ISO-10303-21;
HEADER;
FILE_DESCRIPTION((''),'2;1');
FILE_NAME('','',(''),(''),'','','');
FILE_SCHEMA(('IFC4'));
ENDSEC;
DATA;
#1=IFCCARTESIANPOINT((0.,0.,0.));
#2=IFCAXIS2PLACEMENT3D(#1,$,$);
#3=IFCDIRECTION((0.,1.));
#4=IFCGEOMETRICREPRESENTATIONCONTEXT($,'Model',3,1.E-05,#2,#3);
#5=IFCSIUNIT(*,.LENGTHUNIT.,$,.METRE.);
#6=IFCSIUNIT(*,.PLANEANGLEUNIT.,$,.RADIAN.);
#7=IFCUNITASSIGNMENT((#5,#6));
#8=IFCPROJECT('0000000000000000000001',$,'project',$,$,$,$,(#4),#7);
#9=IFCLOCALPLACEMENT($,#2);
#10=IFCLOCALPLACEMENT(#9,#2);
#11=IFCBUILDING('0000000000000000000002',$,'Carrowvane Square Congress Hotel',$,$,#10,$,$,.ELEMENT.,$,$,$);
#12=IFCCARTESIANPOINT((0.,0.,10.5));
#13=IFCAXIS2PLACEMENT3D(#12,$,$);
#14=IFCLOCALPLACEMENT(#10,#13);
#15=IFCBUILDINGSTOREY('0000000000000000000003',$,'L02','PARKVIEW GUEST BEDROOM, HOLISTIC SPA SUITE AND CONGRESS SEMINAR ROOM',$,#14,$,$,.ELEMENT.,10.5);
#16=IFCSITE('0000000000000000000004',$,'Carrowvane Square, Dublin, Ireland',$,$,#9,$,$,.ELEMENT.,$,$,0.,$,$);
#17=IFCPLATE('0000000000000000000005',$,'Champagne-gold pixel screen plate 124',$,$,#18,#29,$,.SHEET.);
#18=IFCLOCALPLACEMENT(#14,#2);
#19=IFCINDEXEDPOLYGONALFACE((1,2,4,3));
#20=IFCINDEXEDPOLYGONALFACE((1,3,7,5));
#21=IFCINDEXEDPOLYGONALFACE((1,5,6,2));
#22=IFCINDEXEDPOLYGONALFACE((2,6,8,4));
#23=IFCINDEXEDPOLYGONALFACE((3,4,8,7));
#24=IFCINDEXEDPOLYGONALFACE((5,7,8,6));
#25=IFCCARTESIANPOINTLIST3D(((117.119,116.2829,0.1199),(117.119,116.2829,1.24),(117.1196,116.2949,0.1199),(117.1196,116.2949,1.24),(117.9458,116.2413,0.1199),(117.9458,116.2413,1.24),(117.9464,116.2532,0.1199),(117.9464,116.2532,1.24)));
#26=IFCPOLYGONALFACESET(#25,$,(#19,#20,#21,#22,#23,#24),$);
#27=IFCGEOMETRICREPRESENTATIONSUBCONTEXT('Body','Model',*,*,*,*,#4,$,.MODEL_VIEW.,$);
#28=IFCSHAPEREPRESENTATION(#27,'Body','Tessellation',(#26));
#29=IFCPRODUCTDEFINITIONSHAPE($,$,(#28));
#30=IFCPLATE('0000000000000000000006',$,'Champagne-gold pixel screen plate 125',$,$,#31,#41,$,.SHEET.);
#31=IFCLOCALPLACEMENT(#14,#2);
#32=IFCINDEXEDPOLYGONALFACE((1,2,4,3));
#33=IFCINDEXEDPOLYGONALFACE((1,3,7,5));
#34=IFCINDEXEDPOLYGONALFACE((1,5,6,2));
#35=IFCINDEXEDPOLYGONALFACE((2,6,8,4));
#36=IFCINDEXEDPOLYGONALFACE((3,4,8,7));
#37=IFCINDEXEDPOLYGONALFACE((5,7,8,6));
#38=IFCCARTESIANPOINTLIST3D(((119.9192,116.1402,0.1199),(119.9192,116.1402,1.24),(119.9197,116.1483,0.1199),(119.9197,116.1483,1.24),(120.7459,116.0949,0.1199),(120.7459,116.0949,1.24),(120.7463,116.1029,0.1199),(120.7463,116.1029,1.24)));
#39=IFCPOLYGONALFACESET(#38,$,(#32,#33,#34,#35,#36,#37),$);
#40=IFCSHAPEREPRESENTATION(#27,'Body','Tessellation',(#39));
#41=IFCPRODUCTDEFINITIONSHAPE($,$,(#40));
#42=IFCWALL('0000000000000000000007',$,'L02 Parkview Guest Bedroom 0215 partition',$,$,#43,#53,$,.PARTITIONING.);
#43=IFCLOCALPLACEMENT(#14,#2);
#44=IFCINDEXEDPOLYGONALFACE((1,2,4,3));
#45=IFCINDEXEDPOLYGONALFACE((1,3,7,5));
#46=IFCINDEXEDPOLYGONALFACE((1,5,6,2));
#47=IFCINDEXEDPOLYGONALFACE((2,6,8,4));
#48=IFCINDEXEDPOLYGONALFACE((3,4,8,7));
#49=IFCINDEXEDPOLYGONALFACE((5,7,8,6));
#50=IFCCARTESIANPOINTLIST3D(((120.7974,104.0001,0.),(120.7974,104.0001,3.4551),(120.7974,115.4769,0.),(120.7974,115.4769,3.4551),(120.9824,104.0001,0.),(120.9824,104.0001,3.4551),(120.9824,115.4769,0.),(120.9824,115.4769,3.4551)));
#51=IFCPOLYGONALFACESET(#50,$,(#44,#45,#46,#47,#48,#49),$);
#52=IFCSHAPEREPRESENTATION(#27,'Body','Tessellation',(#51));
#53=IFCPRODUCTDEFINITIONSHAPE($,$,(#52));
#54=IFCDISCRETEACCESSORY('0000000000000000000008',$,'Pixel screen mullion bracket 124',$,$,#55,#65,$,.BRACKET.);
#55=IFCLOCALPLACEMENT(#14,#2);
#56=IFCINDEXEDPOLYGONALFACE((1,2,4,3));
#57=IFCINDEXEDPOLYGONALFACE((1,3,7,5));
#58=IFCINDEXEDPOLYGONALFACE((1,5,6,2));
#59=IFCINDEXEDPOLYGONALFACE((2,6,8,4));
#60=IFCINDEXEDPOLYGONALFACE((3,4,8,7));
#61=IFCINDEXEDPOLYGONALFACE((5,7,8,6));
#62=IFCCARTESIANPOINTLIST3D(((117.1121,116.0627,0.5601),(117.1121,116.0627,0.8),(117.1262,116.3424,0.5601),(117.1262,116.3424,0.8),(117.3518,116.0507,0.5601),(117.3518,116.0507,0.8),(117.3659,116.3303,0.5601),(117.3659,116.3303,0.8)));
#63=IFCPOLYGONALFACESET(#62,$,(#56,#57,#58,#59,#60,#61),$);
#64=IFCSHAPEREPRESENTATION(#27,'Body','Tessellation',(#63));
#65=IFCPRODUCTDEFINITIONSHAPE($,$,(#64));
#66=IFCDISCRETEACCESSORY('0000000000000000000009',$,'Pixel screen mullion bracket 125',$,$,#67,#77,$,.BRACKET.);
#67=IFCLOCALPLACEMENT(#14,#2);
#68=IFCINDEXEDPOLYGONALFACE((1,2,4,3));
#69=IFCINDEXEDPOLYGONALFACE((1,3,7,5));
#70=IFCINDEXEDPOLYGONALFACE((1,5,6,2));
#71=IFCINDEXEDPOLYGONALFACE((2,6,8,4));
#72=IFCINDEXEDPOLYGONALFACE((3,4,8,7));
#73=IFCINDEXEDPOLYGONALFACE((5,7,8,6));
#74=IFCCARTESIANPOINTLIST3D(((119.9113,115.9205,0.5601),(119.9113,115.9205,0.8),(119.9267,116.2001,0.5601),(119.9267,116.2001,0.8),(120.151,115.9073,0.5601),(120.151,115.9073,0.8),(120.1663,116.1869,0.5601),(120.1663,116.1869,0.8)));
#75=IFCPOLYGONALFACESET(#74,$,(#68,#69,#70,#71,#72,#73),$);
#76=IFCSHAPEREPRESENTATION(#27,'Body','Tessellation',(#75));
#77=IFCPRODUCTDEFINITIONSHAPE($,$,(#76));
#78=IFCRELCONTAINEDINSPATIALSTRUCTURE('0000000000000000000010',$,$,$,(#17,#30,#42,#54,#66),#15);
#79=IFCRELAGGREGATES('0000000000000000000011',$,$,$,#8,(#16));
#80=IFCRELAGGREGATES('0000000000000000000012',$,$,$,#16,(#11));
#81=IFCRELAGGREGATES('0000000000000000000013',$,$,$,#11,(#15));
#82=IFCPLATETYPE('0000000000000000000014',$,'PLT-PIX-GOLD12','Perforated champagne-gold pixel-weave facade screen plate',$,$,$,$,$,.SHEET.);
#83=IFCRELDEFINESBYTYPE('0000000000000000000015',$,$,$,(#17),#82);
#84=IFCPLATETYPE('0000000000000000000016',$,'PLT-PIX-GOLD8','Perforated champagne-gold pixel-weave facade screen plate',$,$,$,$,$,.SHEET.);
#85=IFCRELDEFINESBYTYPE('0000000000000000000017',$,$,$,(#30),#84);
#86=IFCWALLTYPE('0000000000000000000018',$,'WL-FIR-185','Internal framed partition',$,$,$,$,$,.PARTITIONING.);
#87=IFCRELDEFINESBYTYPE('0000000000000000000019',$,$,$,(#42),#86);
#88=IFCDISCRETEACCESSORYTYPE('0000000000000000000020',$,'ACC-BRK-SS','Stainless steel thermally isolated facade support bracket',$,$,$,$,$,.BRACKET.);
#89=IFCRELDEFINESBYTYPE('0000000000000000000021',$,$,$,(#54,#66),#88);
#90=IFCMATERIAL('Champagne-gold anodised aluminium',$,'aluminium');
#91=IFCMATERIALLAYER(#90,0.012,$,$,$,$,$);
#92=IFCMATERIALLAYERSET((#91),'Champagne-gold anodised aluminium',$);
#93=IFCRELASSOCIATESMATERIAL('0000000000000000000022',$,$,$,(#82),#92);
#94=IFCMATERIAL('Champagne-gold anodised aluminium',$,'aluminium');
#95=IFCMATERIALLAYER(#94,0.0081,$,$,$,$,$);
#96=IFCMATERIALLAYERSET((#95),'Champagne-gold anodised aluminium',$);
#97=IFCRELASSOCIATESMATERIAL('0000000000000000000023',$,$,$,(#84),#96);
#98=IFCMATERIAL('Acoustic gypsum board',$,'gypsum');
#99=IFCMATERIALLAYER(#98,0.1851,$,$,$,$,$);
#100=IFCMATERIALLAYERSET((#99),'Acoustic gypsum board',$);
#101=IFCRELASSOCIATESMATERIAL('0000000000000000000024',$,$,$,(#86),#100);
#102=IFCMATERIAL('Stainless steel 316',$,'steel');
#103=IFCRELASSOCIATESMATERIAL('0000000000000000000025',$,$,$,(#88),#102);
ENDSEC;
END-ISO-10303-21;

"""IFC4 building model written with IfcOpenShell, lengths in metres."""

from ifc_helpers import new_model, si_unit, direction, frame, frame_2d, origin, origin_2d, place, context, subcontext, project, spatial, rectangle, extrude, material, layer, layer_set, type_object, element, save


model = new_model("IFC4")

# Units and contexts
model_context = context("Model", 3, precision=1e-05, world=origin(), true_north=direction((0.0, 1.0)))
body_context = subcontext(model_context, "Body", "Model", "MODEL_VIEW")
ifc_project = project(units=[si_unit("LENGTHUNIT", "METRE"), si_unit("PLANEANGLEUNIT", "RADIAN")], contexts=[model_context])

# Site, building, storey
site_placement = place(None, origin())
site = spatial("IfcSite", under=ifc_project, at=site_placement, Name="Carrowvane Square, Dublin, Ireland", CompositionType="ELEMENT", RefElevation=0.0)
building_placement = place(site_placement, origin())
building = spatial("IfcBuilding", under=site, at=building_placement, Name="Carrowvane Square Congress Hotel", CompositionType="ELEMENT")
storey_placement = place(building_placement, frame((0.0, 0.0, 10.5)))
storey = spatial("IfcBuildingStorey", under=building, at=storey_placement, Name="L02", Description="PARKVIEW GUEST BEDROOM, HOLISTIC SPA SUITE AND CONGRESS SEMINAR ROOM", CompositionType="ELEMENT", Elevation=10.5)

# Plates
ifc_material_1 = material(Name="Champagne-gold anodised aluminium", Category="aluminium")
ifc_layer_1 = layer(ifc_material_1, 0.012)
ifc_layer_set_1 = layer_set([ifc_layer_1], Name="Champagne-gold anodised aluminium")
plate_type_1 = type_object("IfcPlateType", Name="PLT-PIX-GOLD12", Description="Perforated champagne-gold pixel-weave facade screen plate", PredefinedType="SHEET", material=ifc_layer_set_1)
plate_1_placement = place(storey_placement, frame((117.5327, 116.2681, 0.1199), z_axis=(0.0, 0.0, 1.0), x_axis=(0.998733, -0.050322, 0.0)))
element("IfcPlate", 1, at=plate_1_placement, inside=storey, type_object=plate_type_1, Name="Champagne-gold pixel screen plate 124", PredefinedType="SHEET", context=body_context, shape_type="SweptSolid", body=[
    extrude(rectangle(XDim=0.8279, YDim=0.012, at=origin_2d()), origin(), (0.0, 0.0, 1.0), 1.1201),
])
ifc_material_2 = material(Name="Champagne-gold anodised aluminium", Category="aluminium")
ifc_layer_2 = layer(ifc_material_2, 0.0081)
ifc_layer_set_2 = layer_set([ifc_layer_2], Name="Champagne-gold anodised aluminium")
plate_type_2 = type_object("IfcPlateType", Name="PLT-PIX-GOLD8", Description="Perforated champagne-gold pixel-weave facade screen plate", PredefinedType="SHEET", material=ifc_layer_set_2)
plate_2_placement = place(storey_placement, frame((120.3328, 116.1216, 0.1199), z_axis=(0.0, 0.0, 1.0), x_axis=(0.998497, -0.054815, 0.0)))
element("IfcPlate", 2, at=plate_2_placement, inside=storey, type_object=plate_type_2, Name="Champagne-gold pixel screen plate 125", PredefinedType="SHEET", context=body_context, shape_type="SweptSolid", body=[
    extrude(rectangle(XDim=0.8279, YDim=0.0081, at=origin_2d()), origin(), (0.0, 0.0, 1.0), 1.1201),
])

# Wall
ifc_material_3 = material(Name="Acoustic gypsum board", Category="gypsum")
ifc_layer_3 = layer(ifc_material_3, 0.1851)
ifc_layer_set_3 = layer_set([ifc_layer_3], Name="Acoustic gypsum board")
wall_type = type_object("IfcWallType", Name="WL-FIR-185", Description="Internal framed partition", PredefinedType="PARTITIONING", material=ifc_layer_set_3)
wall_placement = place(storey_placement, frame((120.8899, 115.4768, 0.0), z_axis=(0.0, 0.0, 1.0), x_axis=(0.0, -1.0, 0.0)))
element("IfcWall", 3, at=wall_placement, inside=storey, type_object=wall_type, Name="L02 Parkview Guest Bedroom 0215 partition", PredefinedType="PARTITIONING", context=body_context, shape_type="SweptSolid", body=[
    extrude(rectangle(XDim=11.4768, YDim=0.1851, at=frame_2d((5.7383, 0.0))), origin(), (0.0, 0.0, 1.0), 3.4551),
])

# Discrete accessories
ifc_material_4 = material(Name="Stainless steel 316", Category="steel")
discrete_accessory_type = type_object("IfcDiscreteAccessoryType", Name="ACC-BRK-SS", Description="Stainless steel thermally isolated facade support bracket", PredefinedType="BRACKET", material=ifc_material_4)
for number, where, z_axis, x_axis, name in (
    (4, (117.239, 116.1965, 0.5601), (0.0, 0.0, 1.0), (0.998733, -0.050322, 0.0), "Pixel screen mullion bracket 124"),
    (5, (120.0388, 116.0537, 0.5601), (0.0, 0.0, 1.0), (0.998497, -0.054815, 0.0), "Pixel screen mullion bracket 125"),
):
    element("IfcDiscreteAccessory", number, at=place(storey_placement, frame(where, z_axis=z_axis, x_axis=x_axis)), inside=storey, type_object=discrete_accessory_type, Name=name, PredefinedType="BRACKET", context=body_context, shape_type="SweptSolid", body=[
        extrude(rectangle(XDim=0.24, YDim=0.28, at=origin_2d()), origin(), (0.0, 0.0, 1.0), 0.24),
    ])

save(model, "model.ifc")
